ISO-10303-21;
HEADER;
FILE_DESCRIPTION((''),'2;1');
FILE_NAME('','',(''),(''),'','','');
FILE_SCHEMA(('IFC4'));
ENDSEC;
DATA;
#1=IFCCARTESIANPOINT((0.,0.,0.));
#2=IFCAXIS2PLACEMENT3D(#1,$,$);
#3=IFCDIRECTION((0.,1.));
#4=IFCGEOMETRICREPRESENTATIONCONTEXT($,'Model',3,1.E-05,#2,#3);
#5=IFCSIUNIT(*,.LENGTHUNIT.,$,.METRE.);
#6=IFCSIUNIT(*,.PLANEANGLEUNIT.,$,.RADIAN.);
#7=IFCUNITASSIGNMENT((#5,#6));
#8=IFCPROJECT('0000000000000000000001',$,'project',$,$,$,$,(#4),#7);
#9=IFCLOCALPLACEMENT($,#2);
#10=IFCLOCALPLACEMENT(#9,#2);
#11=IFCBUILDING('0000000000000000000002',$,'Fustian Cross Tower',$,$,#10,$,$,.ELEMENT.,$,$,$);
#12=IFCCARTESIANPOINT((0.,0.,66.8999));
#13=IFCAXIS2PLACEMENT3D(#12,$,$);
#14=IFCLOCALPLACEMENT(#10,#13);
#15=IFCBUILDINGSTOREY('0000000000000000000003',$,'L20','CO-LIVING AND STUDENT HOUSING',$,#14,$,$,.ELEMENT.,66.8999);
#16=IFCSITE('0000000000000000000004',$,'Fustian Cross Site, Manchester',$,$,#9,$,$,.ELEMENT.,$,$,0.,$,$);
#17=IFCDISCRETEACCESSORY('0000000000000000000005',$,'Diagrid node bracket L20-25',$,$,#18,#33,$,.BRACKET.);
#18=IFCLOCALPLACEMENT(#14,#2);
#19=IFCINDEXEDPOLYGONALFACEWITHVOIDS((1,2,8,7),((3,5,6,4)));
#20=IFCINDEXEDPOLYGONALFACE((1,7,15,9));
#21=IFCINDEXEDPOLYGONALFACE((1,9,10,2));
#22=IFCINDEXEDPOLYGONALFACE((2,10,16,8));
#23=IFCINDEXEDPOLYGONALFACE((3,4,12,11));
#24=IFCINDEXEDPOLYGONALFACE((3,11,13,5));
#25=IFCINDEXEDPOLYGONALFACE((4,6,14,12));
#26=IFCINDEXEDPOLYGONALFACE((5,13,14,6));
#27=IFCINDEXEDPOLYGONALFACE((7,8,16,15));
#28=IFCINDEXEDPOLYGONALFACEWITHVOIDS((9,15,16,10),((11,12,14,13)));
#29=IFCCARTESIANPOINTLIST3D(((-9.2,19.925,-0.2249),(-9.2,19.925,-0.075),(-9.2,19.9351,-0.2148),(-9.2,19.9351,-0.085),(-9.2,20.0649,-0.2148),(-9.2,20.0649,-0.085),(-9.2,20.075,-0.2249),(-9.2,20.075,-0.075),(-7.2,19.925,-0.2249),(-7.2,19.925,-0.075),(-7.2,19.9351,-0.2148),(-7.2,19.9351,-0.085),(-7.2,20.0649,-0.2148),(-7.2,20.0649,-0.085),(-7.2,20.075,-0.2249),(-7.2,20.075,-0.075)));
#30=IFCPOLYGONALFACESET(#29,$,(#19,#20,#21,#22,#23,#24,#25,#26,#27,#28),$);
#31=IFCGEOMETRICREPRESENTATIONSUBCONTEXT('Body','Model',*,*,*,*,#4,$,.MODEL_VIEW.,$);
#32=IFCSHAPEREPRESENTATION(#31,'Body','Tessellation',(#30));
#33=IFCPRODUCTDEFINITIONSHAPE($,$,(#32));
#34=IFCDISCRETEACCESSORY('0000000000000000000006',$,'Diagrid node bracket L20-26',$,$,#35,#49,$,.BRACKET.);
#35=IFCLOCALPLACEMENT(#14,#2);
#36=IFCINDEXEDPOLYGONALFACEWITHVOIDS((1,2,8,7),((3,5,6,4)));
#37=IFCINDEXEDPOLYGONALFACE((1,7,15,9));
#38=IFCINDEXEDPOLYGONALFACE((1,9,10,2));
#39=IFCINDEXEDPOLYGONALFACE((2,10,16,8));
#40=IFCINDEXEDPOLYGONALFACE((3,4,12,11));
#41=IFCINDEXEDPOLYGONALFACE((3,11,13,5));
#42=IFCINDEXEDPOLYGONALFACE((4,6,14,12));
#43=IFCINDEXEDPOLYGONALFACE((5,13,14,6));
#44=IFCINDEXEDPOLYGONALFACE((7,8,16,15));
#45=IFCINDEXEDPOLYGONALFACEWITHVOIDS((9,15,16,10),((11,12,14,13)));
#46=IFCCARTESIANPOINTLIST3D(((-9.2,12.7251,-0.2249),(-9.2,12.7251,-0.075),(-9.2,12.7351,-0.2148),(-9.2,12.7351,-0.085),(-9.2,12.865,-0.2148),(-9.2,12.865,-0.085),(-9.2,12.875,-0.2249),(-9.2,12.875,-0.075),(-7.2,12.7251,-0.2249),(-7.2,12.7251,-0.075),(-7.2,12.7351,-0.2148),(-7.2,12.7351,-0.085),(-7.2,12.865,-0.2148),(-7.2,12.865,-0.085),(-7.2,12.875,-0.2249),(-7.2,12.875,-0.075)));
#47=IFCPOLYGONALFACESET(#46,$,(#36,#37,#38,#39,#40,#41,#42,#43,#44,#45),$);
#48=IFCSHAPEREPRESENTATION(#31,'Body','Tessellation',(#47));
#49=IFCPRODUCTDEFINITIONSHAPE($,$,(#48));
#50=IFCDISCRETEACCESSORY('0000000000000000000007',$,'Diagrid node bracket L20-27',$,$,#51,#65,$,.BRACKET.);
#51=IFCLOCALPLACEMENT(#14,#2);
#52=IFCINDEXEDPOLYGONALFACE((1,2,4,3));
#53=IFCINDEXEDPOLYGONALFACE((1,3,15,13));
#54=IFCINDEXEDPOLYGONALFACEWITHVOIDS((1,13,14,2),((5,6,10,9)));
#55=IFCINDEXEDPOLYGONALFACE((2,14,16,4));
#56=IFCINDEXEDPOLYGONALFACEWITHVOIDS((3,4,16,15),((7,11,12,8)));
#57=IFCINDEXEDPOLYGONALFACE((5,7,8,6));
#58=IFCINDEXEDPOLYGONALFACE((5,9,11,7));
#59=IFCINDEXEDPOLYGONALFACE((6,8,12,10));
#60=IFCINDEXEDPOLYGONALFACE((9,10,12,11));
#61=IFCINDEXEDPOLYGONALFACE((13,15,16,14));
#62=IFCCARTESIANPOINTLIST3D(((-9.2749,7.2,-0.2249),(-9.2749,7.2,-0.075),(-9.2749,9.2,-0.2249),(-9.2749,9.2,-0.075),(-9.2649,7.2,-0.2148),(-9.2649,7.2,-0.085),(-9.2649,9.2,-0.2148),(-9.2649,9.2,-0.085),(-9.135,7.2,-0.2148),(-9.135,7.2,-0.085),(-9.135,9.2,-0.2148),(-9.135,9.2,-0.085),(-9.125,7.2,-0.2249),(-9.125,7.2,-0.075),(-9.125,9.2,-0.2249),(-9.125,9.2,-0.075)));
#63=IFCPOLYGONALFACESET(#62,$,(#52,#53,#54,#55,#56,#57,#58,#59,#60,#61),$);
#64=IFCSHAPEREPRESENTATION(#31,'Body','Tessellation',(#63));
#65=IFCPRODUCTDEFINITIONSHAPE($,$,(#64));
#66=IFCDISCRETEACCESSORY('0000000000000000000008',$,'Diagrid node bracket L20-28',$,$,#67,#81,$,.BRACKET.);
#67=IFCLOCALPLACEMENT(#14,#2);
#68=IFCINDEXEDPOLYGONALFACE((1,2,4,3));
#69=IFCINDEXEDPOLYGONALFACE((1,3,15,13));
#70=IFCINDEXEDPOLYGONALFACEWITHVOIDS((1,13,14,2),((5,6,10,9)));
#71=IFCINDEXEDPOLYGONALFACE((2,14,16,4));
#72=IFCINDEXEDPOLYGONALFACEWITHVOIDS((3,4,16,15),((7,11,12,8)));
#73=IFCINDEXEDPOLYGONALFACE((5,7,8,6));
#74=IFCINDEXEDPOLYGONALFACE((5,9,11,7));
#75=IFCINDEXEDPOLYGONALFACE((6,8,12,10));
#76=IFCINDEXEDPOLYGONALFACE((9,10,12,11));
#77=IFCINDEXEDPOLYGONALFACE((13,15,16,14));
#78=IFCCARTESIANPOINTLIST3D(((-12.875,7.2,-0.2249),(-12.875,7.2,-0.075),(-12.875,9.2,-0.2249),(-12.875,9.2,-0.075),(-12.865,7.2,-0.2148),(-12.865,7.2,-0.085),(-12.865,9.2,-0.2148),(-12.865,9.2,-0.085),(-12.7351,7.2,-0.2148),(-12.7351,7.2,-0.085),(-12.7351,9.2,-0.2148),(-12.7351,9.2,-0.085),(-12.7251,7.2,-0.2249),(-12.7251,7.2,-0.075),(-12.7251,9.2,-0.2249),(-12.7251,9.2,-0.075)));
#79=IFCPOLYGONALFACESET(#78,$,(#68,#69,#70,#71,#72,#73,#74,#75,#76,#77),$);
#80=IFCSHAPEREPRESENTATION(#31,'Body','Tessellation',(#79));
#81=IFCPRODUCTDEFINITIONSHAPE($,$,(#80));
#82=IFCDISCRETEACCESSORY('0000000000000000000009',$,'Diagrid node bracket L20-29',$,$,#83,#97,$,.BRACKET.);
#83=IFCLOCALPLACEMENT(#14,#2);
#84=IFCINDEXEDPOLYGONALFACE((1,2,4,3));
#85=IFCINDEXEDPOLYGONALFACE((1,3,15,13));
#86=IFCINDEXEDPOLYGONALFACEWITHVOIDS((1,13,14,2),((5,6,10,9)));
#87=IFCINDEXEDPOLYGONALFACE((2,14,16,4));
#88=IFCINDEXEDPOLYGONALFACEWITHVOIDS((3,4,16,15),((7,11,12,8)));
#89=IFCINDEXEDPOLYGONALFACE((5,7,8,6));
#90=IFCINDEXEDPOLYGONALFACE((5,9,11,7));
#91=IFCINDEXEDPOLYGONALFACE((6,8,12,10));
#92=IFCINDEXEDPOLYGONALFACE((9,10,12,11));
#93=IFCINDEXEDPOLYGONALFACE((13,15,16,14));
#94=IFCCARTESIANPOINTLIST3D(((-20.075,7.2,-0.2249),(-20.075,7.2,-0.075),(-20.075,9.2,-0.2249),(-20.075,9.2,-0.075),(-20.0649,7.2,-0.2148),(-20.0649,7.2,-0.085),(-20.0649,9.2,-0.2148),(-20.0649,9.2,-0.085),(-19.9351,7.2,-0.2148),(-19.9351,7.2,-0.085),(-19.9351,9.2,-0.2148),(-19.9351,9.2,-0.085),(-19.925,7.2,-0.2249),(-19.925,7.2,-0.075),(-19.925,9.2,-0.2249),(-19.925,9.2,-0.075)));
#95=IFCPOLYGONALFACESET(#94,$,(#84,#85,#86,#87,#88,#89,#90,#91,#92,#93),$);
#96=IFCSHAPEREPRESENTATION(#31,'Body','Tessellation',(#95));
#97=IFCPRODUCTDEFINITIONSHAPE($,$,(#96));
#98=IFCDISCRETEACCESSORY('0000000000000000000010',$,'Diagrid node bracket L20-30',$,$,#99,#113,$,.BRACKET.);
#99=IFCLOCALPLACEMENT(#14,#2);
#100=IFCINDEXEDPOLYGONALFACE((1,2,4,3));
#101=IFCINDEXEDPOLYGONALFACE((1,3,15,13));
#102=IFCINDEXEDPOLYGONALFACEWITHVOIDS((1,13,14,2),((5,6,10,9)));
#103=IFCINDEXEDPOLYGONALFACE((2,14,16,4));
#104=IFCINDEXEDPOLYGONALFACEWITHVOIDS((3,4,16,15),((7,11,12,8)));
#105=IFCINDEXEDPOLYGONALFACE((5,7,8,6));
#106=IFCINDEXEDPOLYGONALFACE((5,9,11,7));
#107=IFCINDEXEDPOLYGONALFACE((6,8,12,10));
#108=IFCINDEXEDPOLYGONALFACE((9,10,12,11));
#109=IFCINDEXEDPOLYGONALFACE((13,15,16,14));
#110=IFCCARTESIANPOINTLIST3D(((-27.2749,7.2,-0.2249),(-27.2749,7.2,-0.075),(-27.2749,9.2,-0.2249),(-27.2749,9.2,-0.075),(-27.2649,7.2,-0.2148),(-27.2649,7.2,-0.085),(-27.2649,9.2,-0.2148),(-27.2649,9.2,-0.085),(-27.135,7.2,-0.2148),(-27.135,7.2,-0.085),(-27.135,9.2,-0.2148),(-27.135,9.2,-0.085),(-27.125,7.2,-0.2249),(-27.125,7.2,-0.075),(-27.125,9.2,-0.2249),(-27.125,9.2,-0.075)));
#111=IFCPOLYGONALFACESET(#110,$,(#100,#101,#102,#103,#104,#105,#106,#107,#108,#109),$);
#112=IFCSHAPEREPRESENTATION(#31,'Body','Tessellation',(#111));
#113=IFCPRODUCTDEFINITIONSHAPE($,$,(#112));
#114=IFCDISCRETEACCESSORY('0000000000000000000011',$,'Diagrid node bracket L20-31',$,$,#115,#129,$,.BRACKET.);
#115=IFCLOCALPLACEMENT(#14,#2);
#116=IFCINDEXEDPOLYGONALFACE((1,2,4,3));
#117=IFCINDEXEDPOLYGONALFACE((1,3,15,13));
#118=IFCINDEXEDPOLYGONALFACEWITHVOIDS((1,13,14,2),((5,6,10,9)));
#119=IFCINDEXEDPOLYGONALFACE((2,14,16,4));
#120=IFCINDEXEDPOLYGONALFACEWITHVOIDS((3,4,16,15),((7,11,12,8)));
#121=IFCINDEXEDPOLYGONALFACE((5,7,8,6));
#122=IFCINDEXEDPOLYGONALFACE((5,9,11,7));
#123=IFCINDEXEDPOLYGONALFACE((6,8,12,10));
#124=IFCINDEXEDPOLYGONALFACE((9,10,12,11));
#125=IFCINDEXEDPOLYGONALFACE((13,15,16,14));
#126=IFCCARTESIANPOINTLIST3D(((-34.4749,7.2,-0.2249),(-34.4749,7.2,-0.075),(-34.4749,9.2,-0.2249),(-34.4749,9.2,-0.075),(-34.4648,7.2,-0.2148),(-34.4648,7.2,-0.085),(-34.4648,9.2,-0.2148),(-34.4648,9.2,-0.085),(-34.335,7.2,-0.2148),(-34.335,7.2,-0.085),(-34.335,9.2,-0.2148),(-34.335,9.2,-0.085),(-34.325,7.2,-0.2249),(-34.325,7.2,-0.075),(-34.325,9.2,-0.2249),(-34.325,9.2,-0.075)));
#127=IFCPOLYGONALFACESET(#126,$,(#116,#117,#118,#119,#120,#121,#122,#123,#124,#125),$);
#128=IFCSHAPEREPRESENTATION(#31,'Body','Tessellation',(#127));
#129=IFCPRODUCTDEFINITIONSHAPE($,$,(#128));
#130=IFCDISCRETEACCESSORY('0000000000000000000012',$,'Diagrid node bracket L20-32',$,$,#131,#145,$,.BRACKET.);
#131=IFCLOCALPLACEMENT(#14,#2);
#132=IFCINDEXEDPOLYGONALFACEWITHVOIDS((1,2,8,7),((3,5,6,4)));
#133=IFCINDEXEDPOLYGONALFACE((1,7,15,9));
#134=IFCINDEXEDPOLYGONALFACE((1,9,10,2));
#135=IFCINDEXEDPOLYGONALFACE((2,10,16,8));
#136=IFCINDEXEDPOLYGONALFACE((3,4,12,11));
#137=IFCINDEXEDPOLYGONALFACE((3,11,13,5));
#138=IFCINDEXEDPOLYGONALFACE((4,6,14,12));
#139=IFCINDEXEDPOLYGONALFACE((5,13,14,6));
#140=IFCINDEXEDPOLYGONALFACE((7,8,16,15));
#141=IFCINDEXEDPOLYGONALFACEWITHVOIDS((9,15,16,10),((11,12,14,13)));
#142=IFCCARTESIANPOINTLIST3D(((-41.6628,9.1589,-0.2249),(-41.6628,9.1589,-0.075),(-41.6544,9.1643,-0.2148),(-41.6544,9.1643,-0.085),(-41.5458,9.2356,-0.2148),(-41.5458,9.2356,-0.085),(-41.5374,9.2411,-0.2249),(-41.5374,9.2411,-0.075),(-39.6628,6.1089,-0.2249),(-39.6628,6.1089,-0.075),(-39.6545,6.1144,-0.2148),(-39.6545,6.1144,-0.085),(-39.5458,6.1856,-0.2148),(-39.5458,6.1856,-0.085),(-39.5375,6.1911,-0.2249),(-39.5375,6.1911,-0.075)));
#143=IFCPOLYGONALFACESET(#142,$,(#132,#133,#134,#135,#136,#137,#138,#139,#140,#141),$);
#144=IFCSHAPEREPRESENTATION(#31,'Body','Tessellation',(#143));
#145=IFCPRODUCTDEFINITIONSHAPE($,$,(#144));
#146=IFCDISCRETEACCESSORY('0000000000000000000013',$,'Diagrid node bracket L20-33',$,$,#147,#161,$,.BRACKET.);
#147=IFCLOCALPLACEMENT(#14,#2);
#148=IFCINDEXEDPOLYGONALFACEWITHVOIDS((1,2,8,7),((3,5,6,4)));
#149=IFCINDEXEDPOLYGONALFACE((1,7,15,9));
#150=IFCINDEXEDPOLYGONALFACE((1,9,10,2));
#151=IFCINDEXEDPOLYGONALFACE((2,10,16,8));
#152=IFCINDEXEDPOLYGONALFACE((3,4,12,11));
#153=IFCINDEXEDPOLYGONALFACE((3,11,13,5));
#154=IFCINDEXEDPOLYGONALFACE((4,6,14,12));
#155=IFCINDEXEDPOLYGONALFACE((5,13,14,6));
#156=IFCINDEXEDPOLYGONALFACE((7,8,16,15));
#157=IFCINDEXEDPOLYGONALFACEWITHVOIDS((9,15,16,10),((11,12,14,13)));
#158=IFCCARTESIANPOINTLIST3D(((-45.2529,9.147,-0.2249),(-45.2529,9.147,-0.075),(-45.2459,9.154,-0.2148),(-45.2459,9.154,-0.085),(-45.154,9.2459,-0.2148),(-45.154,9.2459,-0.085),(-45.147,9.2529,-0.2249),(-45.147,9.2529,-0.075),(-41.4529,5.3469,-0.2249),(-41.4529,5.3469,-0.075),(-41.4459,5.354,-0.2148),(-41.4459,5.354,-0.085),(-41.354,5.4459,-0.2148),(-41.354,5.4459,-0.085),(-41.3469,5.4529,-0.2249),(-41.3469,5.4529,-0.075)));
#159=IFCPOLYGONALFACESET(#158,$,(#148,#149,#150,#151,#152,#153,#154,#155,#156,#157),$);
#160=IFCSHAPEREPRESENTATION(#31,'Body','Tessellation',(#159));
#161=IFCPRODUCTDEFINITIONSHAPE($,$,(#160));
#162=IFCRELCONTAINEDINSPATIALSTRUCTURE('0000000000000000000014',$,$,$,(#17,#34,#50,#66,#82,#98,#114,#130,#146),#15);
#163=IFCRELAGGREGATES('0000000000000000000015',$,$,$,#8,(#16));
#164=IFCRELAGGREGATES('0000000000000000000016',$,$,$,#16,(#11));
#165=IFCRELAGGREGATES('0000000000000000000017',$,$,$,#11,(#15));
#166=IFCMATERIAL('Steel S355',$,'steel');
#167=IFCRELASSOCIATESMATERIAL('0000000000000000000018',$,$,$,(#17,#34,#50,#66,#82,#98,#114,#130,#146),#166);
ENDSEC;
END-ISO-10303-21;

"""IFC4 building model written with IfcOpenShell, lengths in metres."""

from ifc_helpers import new_model, si_unit, direction, frame, origin, origin_2d, place, context, subcontext, project, spatial, hollow_rectangle, extrude, material, element, save


model = new_model("IFC4")

# Units and contexts
model_context = context("Model", 3, precision=1e-05, world=origin(), true_north=direction((0.0, 1.0)))
body_context = subcontext(model_context, "Body", "Model", "MODEL_VIEW")
ifc_project = project(units=[si_unit("LENGTHUNIT", "METRE"), si_unit("PLANEANGLEUNIT", "RADIAN")], contexts=[model_context])

# Site, building, storey
site_placement = place(None, origin())
site = spatial("IfcSite", under=ifc_project, at=site_placement, Name="Fustian Cross Site, Manchester", CompositionType="ELEMENT", RefElevation=0.0)
building_placement = place(site_placement, origin())
building = spatial("IfcBuilding", under=site, at=building_placement, Name="Fustian Cross Tower", CompositionType="ELEMENT")
storey_placement = place(building_placement, frame((0.0, 0.0, 66.8999)))
storey = spatial("IfcBuildingStorey", under=building, at=storey_placement, Name="L20", Description="CO-LIVING AND STUDENT HOUSING", CompositionType="ELEMENT", Elevation=66.8999)

# Discrete accessories
ifc_material_1 = material(Name="Steel S355", Category="steel")
for number, where, z_axis, x_axis, name in (
    (1, (-9.2, 20.0, -0.1499), (1.0, 0.0, 0.0), (0.0, 1.0, 0.0), "Diagrid node bracket L20-25"),
    (2, (-9.2, 12.8, -0.1499), (1.0, 0.0, 0.0), (0.0, 1.0, 0.0), "Diagrid node bracket L20-26"),
    (3, (-9.2, 9.2, -0.1499), (0.0, -1.0, 0.0), (1.0, 0.0, 0.0), "Diagrid node bracket L20-27"),
    (4, (-12.8, 9.2, -0.1499), (0.0, -1.0, 0.0), (1.0, 0.0, 0.0), "Diagrid node bracket L20-28"),
    (5, (-20.0, 9.2, -0.1499), (0.0, -1.0, 0.0), (1.0, 0.0, 0.0), "Diagrid node bracket L20-29"),
    (6, (-27.2, 9.2, -0.1499), (0.0, -1.0, 0.0), (1.0, 0.0, 0.0), "Diagrid node bracket L20-30"),
    (7, (-34.3999, 9.2, -0.1499), (0.0, -1.0, 0.0), (1.0, 0.0, 0.0), "Diagrid node bracket L20-31"),
):
    element("IfcDiscreteAccessory", number, at=place(storey_placement, frame(where, z_axis=z_axis, x_axis=x_axis)), inside=storey, material=ifc_material_1, Name=name, PredefinedType="BRACKET", context=body_context, shape_type="SweptSolid", body=[
        extrude(hollow_rectangle(XDim=0.1499, YDim=0.1499, WallThickness=0.01, at=origin_2d()), origin(), (0.0, 0.0, 1.0), 2.0),
    ])
discrete_accessory_1_placement = place(storey_placement, frame((-41.6001, 9.2, -0.1499), z_axis=(0.548351, -0.836248, 0.0), x_axis=(0.836248, 0.548351, 0.0)))
element("IfcDiscreteAccessory", 8, at=discrete_accessory_1_placement, inside=storey, material=ifc_material_1, Name="Diagrid node bracket L20-32", PredefinedType="BRACKET", context=body_context, shape_type="SweptSolid", body=[
    extrude(hollow_rectangle(XDim=0.1499, YDim=0.1499, WallThickness=0.01, at=origin_2d()), origin(), (0.0, 0.0, 1.0), 3.6472),
])
discrete_accessory_2_placement = place(storey_placement, frame((-45.2, 9.2, -0.1499), z_axis=(0.707107, -0.707107, 0.0), x_axis=(0.707107, 0.707107, 0.0)))
element("IfcDiscreteAccessory", 9, at=discrete_accessory_2_placement, inside=storey, material=ifc_material_1, Name="Diagrid node bracket L20-33", PredefinedType="BRACKET", context=body_context, shape_type="SweptSolid", body=[
    extrude(hollow_rectangle(XDim=0.1499, YDim=0.1499, WallThickness=0.01, at=origin_2d()), origin(), (0.0, 0.0, 1.0), 5.374),
])

save(model, "model.ifc")
